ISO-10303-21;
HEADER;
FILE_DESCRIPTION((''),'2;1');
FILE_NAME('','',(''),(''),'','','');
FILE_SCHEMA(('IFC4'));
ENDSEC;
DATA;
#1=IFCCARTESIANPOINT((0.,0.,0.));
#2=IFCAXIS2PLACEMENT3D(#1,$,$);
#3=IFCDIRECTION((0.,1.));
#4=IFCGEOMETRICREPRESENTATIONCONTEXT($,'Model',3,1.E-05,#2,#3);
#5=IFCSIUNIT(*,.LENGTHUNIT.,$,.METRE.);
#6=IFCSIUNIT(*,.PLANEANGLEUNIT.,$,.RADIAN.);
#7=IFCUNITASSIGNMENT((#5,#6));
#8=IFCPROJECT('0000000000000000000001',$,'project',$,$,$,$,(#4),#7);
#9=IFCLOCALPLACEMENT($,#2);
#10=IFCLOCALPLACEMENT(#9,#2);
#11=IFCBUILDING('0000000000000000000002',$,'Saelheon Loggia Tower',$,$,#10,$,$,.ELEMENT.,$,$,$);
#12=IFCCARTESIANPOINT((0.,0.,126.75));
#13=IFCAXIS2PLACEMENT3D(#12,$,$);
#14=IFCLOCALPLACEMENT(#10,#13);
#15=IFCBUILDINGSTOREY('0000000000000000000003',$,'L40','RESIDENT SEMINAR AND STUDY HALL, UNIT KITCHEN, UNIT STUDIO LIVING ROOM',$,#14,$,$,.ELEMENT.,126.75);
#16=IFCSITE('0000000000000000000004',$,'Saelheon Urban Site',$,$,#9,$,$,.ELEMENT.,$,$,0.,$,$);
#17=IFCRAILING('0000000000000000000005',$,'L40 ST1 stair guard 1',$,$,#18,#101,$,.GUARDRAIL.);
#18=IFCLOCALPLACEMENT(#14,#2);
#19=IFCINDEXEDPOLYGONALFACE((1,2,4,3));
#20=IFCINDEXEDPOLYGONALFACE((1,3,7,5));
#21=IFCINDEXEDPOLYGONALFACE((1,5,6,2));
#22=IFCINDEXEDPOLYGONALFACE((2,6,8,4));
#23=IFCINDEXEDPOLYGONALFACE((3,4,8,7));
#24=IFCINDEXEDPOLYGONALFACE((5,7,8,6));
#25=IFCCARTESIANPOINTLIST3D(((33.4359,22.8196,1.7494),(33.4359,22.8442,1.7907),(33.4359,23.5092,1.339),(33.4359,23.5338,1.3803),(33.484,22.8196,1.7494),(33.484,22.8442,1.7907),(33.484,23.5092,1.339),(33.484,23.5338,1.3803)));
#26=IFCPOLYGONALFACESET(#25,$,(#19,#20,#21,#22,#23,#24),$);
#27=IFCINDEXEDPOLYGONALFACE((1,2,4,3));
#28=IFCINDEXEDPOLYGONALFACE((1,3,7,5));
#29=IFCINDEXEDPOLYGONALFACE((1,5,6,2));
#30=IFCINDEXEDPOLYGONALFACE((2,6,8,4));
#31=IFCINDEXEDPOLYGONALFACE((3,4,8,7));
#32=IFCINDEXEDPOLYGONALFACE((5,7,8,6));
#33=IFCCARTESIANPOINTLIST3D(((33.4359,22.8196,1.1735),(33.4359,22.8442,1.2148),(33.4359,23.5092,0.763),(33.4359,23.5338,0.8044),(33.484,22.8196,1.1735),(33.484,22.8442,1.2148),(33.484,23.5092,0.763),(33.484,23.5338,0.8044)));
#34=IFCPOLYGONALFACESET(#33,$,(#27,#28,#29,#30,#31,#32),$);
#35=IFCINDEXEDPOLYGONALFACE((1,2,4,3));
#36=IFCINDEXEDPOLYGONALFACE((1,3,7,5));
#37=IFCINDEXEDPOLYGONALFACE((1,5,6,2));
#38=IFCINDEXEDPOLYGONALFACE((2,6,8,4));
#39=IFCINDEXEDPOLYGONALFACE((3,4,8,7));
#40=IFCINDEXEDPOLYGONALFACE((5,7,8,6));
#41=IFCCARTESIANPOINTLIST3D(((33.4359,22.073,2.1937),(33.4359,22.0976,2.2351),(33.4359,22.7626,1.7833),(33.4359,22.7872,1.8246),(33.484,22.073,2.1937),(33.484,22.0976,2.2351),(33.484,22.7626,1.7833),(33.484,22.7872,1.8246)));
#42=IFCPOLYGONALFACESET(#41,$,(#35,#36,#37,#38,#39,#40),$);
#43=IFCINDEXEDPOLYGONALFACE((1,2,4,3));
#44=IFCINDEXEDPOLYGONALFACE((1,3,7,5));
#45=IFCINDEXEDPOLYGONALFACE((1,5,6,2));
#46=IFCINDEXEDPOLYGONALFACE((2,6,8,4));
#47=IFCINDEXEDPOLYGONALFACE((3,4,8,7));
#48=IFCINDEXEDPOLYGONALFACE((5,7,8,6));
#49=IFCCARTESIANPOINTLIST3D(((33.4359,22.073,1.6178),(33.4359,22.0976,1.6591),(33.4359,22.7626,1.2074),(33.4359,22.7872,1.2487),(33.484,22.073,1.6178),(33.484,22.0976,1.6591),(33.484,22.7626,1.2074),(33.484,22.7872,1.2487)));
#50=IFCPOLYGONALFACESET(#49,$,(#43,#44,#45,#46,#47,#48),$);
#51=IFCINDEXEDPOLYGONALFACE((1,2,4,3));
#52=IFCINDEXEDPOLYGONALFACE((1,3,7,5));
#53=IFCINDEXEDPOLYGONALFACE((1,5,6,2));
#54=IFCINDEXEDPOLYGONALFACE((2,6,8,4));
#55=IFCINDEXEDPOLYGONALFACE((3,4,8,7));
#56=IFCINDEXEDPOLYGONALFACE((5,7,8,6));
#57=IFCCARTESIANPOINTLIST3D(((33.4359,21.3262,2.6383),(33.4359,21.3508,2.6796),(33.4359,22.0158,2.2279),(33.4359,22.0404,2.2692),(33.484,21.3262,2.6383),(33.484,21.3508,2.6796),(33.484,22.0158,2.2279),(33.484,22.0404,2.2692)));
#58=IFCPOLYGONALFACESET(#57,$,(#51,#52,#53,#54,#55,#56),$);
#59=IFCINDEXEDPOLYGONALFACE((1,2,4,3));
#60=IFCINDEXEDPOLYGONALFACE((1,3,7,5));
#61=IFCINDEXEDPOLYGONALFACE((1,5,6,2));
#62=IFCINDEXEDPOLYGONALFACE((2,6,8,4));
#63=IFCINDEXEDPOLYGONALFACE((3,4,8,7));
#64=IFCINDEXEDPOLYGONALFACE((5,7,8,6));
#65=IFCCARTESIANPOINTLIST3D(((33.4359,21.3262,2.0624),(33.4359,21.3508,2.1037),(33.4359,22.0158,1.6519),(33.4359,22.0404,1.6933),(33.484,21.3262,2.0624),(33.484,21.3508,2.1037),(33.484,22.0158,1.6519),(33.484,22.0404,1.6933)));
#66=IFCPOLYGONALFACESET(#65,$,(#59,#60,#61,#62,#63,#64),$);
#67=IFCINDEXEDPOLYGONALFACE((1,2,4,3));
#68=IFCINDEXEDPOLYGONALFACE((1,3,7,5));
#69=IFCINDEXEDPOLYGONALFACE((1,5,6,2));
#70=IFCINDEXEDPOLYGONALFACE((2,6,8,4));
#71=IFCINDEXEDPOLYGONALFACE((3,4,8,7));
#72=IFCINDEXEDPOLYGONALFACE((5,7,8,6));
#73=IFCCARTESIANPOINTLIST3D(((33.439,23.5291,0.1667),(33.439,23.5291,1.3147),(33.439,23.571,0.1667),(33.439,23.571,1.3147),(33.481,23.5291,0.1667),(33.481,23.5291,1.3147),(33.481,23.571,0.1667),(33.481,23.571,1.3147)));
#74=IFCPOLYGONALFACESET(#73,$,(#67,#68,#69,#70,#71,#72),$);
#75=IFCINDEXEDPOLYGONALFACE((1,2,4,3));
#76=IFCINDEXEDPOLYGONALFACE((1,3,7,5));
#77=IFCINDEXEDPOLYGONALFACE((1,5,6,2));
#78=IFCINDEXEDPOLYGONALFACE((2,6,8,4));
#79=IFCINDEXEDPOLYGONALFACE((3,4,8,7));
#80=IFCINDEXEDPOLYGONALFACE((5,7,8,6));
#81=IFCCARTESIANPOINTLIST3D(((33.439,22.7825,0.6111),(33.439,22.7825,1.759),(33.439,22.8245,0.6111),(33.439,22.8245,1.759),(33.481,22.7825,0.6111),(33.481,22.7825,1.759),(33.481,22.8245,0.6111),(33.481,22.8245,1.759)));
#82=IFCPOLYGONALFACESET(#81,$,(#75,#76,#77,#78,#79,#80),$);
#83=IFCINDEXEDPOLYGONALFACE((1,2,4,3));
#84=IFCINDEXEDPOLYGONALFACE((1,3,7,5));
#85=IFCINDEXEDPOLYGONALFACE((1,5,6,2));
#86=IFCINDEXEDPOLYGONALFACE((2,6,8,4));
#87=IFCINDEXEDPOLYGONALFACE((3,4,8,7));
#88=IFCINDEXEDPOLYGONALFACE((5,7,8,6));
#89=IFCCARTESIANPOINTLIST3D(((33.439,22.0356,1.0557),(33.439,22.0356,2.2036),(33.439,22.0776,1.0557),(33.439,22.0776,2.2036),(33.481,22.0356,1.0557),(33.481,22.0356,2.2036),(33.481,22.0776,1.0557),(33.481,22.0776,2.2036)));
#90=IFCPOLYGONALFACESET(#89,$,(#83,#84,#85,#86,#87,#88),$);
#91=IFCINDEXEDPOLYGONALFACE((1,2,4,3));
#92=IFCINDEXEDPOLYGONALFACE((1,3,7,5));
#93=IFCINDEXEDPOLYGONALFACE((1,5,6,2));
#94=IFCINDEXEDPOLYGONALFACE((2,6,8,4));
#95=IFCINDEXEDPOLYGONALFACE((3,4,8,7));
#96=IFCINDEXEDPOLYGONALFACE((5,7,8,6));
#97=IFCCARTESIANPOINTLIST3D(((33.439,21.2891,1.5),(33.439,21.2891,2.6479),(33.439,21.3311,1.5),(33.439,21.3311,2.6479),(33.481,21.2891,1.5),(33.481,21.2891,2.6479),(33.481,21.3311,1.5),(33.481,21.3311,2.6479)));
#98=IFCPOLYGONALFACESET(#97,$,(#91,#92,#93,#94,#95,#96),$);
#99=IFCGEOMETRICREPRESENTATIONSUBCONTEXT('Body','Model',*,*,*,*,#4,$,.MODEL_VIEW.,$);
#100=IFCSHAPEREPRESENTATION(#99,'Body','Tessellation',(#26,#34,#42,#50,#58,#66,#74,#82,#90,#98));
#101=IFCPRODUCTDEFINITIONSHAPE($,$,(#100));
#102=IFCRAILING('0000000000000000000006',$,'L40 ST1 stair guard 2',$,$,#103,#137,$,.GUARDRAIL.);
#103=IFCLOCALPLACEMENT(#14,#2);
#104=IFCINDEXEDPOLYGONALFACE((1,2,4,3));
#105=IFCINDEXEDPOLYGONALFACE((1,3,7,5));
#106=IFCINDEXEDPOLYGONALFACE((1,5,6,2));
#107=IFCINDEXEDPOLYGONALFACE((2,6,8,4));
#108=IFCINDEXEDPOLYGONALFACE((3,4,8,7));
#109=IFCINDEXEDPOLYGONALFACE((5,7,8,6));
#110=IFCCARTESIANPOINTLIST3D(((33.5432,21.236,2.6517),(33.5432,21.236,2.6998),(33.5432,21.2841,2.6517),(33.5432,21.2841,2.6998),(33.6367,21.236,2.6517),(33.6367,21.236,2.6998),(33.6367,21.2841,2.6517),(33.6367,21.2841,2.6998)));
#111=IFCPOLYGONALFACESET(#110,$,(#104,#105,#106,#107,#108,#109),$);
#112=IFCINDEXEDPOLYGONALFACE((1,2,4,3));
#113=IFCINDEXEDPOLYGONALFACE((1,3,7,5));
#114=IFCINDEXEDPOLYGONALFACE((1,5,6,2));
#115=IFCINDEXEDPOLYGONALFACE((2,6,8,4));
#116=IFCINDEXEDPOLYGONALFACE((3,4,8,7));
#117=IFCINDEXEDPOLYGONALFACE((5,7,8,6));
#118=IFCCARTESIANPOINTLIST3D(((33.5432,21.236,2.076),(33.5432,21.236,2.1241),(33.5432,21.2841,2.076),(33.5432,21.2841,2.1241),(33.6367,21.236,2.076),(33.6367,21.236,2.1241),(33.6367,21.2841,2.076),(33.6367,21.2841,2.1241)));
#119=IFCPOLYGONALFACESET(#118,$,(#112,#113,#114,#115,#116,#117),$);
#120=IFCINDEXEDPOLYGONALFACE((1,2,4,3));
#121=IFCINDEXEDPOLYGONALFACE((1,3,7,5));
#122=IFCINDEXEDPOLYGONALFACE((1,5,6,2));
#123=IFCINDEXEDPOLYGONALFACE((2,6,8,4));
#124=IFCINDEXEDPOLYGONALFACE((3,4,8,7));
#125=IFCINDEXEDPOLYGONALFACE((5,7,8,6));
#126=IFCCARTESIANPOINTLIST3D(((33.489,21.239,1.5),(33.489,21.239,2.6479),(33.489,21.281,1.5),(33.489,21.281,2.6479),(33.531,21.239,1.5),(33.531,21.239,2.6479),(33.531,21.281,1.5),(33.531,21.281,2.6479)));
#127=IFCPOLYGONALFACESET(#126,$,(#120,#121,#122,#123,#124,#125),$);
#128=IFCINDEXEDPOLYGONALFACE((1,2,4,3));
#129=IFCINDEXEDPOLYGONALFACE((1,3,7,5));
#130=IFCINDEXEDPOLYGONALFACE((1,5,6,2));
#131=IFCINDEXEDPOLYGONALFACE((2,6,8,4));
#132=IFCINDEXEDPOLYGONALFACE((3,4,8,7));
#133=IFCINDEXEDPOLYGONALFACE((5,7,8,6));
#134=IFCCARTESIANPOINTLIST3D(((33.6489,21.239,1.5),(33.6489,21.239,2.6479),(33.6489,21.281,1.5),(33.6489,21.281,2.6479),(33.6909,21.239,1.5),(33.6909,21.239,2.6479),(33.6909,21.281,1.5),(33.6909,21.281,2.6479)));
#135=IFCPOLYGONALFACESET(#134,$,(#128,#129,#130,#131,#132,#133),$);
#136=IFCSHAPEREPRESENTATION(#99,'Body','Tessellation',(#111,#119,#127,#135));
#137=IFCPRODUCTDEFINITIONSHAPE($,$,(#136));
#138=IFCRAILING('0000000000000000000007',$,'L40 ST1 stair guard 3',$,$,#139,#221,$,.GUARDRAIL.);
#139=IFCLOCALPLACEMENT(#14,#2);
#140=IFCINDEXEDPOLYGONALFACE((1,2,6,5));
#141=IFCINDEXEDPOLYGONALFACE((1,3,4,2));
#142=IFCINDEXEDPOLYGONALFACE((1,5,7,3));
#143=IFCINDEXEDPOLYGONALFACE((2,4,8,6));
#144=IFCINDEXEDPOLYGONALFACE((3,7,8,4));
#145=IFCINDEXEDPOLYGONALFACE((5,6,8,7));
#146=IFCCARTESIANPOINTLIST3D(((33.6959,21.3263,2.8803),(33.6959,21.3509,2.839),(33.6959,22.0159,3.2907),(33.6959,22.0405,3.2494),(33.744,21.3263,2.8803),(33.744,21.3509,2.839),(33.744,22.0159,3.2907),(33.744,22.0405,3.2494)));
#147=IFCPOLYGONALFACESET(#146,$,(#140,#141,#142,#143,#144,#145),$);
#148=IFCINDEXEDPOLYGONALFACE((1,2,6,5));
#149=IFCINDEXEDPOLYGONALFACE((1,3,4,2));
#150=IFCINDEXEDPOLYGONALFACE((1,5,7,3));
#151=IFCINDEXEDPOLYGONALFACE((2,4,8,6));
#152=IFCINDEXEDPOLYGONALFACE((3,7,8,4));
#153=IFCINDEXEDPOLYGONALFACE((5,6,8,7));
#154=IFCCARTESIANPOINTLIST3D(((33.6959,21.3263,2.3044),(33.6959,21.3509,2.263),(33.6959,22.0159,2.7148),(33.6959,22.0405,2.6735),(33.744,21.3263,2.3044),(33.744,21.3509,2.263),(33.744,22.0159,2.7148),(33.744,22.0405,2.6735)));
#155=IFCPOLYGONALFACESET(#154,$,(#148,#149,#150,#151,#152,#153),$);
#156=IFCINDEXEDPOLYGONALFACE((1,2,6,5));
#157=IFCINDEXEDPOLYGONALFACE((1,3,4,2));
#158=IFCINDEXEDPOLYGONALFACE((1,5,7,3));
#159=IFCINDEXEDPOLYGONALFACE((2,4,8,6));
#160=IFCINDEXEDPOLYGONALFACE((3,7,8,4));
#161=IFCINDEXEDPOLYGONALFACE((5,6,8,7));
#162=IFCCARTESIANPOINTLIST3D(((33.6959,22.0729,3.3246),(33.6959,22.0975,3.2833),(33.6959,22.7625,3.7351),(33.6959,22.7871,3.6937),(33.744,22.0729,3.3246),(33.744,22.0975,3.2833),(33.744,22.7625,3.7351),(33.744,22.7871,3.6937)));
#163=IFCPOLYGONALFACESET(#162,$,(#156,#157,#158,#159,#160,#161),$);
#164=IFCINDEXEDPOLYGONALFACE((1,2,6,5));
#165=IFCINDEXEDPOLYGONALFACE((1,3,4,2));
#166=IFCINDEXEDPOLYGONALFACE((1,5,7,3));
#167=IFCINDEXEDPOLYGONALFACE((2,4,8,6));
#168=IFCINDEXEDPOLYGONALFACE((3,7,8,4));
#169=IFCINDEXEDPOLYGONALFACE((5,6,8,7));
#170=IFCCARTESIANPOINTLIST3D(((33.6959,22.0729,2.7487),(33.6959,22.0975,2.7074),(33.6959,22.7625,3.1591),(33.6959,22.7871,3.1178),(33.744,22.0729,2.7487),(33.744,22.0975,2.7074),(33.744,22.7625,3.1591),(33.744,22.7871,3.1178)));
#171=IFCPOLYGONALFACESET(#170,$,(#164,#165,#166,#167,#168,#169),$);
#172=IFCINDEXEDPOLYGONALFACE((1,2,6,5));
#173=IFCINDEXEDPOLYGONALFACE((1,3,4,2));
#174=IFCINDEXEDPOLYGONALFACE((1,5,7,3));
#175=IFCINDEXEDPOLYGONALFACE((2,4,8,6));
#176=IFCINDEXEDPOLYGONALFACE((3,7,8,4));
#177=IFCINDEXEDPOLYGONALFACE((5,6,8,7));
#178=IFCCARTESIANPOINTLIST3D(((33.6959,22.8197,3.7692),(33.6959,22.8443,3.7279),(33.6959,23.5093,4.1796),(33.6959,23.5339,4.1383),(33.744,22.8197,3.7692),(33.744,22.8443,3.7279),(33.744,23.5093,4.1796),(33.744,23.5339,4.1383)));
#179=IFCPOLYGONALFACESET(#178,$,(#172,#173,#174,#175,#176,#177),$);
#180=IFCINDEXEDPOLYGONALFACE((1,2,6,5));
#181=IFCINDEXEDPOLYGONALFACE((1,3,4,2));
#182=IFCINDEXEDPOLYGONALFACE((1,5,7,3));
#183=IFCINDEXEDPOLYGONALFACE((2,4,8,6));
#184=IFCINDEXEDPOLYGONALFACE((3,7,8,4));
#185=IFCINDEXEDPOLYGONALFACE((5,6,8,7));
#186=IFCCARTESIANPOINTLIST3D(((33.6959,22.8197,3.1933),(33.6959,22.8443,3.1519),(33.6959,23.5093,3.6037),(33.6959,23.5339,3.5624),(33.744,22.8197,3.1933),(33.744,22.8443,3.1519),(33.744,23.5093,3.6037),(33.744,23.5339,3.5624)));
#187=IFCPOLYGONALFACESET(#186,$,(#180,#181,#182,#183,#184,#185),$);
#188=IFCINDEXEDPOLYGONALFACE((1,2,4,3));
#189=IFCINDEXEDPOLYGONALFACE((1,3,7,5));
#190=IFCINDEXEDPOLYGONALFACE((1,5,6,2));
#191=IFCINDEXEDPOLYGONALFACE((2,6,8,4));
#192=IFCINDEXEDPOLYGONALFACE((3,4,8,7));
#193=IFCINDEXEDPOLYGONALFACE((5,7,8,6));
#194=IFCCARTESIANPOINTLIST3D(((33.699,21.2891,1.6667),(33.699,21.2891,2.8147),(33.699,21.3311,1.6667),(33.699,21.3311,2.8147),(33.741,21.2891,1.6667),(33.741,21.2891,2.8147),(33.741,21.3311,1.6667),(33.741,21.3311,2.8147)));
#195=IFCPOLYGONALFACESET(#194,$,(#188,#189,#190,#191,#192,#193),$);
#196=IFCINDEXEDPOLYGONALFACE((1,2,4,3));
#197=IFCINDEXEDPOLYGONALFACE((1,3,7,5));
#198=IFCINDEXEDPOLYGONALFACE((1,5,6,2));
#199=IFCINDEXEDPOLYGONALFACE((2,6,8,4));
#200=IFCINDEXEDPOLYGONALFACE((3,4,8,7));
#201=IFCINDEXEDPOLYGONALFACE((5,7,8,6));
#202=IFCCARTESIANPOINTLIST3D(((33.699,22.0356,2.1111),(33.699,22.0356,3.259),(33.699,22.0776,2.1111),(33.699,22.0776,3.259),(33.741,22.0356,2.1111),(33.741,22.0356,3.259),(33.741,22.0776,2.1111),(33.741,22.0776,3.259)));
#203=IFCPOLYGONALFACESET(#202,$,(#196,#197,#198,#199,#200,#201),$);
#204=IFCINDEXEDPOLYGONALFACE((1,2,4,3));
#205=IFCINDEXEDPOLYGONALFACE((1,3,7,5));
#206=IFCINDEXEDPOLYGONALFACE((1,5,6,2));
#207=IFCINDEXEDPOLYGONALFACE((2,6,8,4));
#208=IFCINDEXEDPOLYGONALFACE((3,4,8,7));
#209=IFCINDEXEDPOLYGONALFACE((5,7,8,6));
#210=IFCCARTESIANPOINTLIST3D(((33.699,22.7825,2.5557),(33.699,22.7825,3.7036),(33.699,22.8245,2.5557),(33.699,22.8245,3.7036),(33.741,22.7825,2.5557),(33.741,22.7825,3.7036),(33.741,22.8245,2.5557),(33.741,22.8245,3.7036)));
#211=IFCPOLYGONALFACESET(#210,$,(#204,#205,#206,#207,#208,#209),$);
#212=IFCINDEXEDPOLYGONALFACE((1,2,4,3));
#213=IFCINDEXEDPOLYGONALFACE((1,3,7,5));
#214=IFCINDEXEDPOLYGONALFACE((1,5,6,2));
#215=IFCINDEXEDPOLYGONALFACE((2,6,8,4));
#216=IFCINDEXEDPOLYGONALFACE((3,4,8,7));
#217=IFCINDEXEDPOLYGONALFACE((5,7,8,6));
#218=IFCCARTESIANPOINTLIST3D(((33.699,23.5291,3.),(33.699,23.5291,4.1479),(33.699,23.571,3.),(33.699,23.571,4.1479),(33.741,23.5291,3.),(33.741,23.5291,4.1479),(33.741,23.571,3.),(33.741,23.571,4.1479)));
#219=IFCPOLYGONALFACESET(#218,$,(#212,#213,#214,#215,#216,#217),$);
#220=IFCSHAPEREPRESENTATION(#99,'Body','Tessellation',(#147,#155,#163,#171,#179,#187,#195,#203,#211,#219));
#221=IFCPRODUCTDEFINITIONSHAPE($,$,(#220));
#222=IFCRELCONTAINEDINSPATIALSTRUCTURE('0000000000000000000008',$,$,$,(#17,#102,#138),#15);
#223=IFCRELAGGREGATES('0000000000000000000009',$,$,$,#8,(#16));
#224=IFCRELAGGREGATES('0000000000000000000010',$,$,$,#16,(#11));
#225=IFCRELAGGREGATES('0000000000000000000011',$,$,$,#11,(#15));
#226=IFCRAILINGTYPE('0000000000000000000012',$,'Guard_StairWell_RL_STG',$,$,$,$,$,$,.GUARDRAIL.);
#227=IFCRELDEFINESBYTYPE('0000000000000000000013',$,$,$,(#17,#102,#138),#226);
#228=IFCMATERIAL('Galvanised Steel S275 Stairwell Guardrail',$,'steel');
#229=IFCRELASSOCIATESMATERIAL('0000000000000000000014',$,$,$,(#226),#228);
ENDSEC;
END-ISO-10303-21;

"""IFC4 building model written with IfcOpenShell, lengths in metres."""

from ifc_helpers import new_model, si_unit, direction, frame, origin, origin_2d, place, context, subcontext, project, spatial, rectangle, extrude, material, type_object, element, save


model = new_model("IFC4")

# Units and contexts
model_context = context("Model", 3, precision=1e-05, world=origin(), true_north=direction((0.0, 1.0)))
body_context = subcontext(model_context, "Body", "Model", "MODEL_VIEW")
ifc_project = project(units=[si_unit("LENGTHUNIT", "METRE"), si_unit("PLANEANGLEUNIT", "RADIAN")], contexts=[model_context])

# Site, building, storey
site_placement = place(None, origin())
site = spatial("IfcSite", under=ifc_project, at=site_placement, Name="Saelheon Urban Site", CompositionType="ELEMENT", RefElevation=0.0)
building_placement = place(site_placement, origin())
building = spatial("IfcBuilding", under=site, at=building_placement, Name="Saelheon Loggia Tower", CompositionType="ELEMENT")
storey_placement = place(building_placement, frame((0.0, 0.0, 126.75)))
storey = spatial("IfcBuildingStorey", under=building, at=storey_placement, Name="L40", Description="RESIDENT SEMINAR AND STUDY HALL, UNIT KITCHEN, UNIT STUDIO LIVING ROOM", CompositionType="ELEMENT", Elevation=126.75)

# Railings
ifc_material_1 = material(Name="Galvanised Steel S275 Stairwell Guardrail", Category="steel")
railing_type_1 = type_object("IfcRailingType", Name="Guard_StairWell_RL_STG", PredefinedType="GUARDRAIL", material=ifc_material_1)
railing_1_placement = place(storey_placement, frame((33.46, 23.55, 0.1667)))
element("IfcRailing", 1, at=railing_1_placement, inside=storey, type_object=railing_type_1, Name="L40 ST1 stair guard 1", PredefinedType="GUARDRAIL", context=body_context, shape_type="SweptSolid", body=[
    extrude(rectangle(XDim=0.0481, YDim=0.0481, at=origin_2d()), frame((0.0, -0.0286, 1.1929), z_axis=(0.0, -0.859306, 0.511462), x_axis=(1.0, 0.0, 0.0)), (0.0, 0.0, 1.0), 0.8025),
    extrude(rectangle(XDim=0.0481, YDim=0.0481, at=origin_2d()), frame((0.0, -0.0286, 0.6169), z_axis=(0.0, -0.859306, 0.511462), x_axis=(1.0, 0.0, 0.0)), (0.0, 0.0, 1.0), 0.8025),
    extrude(rectangle(XDim=0.0481, YDim=0.0481, at=origin_2d()), frame((0.0, -0.7751, 1.6372), z_axis=(0.0, -0.859306, 0.511462), x_axis=(1.0, 0.0, 0.0)), (0.0, 0.0, 1.0), 0.8025),
    extrude(rectangle(XDim=0.0481, YDim=0.0481, at=origin_2d()), frame((0.0, -0.7751, 1.0613), z_axis=(0.0, -0.859306, 0.511462), x_axis=(1.0, 0.0, 0.0)), (0.0, 0.0, 1.0), 0.8025),
    extrude(rectangle(XDim=0.0481, YDim=0.0481, at=origin_2d()), frame((0.0, -1.522, 2.0818), z_axis=(0.0, -0.859306, 0.511462), x_axis=(1.0, 0.0, 0.0)), (0.0, 0.0, 1.0), 0.8025),
    extrude(rectangle(XDim=0.0481, YDim=0.0481, at=origin_2d()), frame((0.0, -1.522, 1.5059), z_axis=(0.0, -0.859306, 0.511462), x_axis=(1.0, 0.0, 0.0)), (0.0, 0.0, 1.0), 0.8025),
    extrude(rectangle(XDim=0.042, YDim=0.042, at=origin_2d()), origin(), (0.0, 0.0, 1.0), 1.1479),
    extrude(rectangle(XDim=0.042, YDim=0.042, at=origin_2d()), frame((0.0, -0.7466, 0.4443)), (0.0, 0.0, 1.0), 1.1479),
    extrude(rectangle(XDim=0.042, YDim=0.042, at=origin_2d()), frame((0.0, -1.4934, 0.8889)), (0.0, 0.0, 1.0), 1.1479),
    extrude(rectangle(XDim=0.042, YDim=0.042, at=origin_2d()), frame((0.0, -2.24, 1.3333)), (0.0, 0.0, 1.0), 1.1479),
])
railing_2_placement = place(storey_placement, frame((33.51, 21.26, 1.5)))
element("IfcRailing", 2, at=railing_2_placement, inside=storey, type_object=railing_type_1, Name="L40 ST1 stair guard 2", PredefinedType="GUARDRAIL", context=body_context, shape_type="SweptSolid", body=[
    extrude(rectangle(XDim=0.0481, YDim=0.0481, at=origin_2d()), frame((0.0332, 0.0, 1.1758), z_axis=(1.0, 0.0, 0.0), x_axis=(0.0, 1.0, 0.0)), (0.0, 0.0, 1.0), 0.0935),
    extrude(rectangle(XDim=0.0481, YDim=0.0481, at=origin_2d()), frame((0.0332, 0.0, 0.6001), z_axis=(1.0, 0.0, 0.0), x_axis=(0.0, 1.0, 0.0)), (0.0, 0.0, 1.0), 0.0935),
    extrude(rectangle(XDim=0.042, YDim=0.042, at=origin_2d()), origin(), (0.0, 0.0, 1.0), 1.1479),
    extrude(rectangle(XDim=0.042, YDim=0.042, at=origin_2d()), frame((0.1599, 0.0, 0.0)), (0.0, 0.0, 1.0), 1.1479),
])
railing_3_placement = place(storey_placement, frame((33.72, 21.3101, 1.6667)))
element("IfcRailing", 3, at=railing_3_placement, inside=storey, type_object=railing_type_1, Name="L40 ST1 stair guard 3", PredefinedType="GUARDRAIL", context=body_context, shape_type="SweptSolid", body=[
    extrude(rectangle(XDim=0.0481, YDim=0.0481, at=origin_2d()), frame((0.0, 0.0286, 1.1929), z_axis=(0.0, 0.859306, 0.511462), x_axis=(-1.0, 0.0, 0.0)), (0.0, 0.0, 1.0), 0.8025),
    extrude(rectangle(XDim=0.0481, YDim=0.0481, at=origin_2d()), frame((0.0, 0.0286, 0.6169), z_axis=(0.0, 0.859306, 0.511462), x_axis=(-1.0, 0.0, 0.0)), (0.0, 0.0, 1.0), 0.8025),
    extrude(rectangle(XDim=0.0481, YDim=0.0481, at=origin_2d()), frame((0.0, 0.7751, 1.6372), z_axis=(0.0, 0.859306, 0.511462), x_axis=(-1.0, 0.0, 0.0)), (0.0, 0.0, 1.0), 0.8025),
    extrude(rectangle(XDim=0.0481, YDim=0.0481, at=origin_2d()), frame((0.0, 0.7751, 1.0613), z_axis=(0.0, 0.859306, 0.511462), x_axis=(-1.0, 0.0, 0.0)), (0.0, 0.0, 1.0), 0.8025),
    extrude(rectangle(XDim=0.0481, YDim=0.0481, at=origin_2d()), frame((0.0, 1.522, 2.0818), z_axis=(0.0, 0.859306, 0.511462), x_axis=(-1.0, 0.0, 0.0)), (0.0, 0.0, 1.0), 0.8025),
    extrude(rectangle(XDim=0.0481, YDim=0.0481, at=origin_2d()), frame((0.0, 1.522, 1.5059), z_axis=(0.0, 0.859306, 0.511462), x_axis=(-1.0, 0.0, 0.0)), (0.0, 0.0, 1.0), 0.8025),
    extrude(rectangle(XDim=0.042, YDim=0.042, at=origin_2d()), origin(), (0.0, 0.0, 1.0), 1.1479),
    extrude(rectangle(XDim=0.042, YDim=0.042, at=origin_2d()), frame((0.0, 0.7466, 0.4443)), (0.0, 0.0, 1.0), 1.1479),
    extrude(rectangle(XDim=0.042, YDim=0.042, at=origin_2d()), frame((0.0, 1.4934, 0.8889)), (0.0, 0.0, 1.0), 1.1479),
    extrude(rectangle(XDim=0.042, YDim=0.042, at=origin_2d()), frame((0.0, 2.24, 1.3333)), (0.0, 0.0, 1.0), 1.1479),
])

save(model, "model.ifc")
